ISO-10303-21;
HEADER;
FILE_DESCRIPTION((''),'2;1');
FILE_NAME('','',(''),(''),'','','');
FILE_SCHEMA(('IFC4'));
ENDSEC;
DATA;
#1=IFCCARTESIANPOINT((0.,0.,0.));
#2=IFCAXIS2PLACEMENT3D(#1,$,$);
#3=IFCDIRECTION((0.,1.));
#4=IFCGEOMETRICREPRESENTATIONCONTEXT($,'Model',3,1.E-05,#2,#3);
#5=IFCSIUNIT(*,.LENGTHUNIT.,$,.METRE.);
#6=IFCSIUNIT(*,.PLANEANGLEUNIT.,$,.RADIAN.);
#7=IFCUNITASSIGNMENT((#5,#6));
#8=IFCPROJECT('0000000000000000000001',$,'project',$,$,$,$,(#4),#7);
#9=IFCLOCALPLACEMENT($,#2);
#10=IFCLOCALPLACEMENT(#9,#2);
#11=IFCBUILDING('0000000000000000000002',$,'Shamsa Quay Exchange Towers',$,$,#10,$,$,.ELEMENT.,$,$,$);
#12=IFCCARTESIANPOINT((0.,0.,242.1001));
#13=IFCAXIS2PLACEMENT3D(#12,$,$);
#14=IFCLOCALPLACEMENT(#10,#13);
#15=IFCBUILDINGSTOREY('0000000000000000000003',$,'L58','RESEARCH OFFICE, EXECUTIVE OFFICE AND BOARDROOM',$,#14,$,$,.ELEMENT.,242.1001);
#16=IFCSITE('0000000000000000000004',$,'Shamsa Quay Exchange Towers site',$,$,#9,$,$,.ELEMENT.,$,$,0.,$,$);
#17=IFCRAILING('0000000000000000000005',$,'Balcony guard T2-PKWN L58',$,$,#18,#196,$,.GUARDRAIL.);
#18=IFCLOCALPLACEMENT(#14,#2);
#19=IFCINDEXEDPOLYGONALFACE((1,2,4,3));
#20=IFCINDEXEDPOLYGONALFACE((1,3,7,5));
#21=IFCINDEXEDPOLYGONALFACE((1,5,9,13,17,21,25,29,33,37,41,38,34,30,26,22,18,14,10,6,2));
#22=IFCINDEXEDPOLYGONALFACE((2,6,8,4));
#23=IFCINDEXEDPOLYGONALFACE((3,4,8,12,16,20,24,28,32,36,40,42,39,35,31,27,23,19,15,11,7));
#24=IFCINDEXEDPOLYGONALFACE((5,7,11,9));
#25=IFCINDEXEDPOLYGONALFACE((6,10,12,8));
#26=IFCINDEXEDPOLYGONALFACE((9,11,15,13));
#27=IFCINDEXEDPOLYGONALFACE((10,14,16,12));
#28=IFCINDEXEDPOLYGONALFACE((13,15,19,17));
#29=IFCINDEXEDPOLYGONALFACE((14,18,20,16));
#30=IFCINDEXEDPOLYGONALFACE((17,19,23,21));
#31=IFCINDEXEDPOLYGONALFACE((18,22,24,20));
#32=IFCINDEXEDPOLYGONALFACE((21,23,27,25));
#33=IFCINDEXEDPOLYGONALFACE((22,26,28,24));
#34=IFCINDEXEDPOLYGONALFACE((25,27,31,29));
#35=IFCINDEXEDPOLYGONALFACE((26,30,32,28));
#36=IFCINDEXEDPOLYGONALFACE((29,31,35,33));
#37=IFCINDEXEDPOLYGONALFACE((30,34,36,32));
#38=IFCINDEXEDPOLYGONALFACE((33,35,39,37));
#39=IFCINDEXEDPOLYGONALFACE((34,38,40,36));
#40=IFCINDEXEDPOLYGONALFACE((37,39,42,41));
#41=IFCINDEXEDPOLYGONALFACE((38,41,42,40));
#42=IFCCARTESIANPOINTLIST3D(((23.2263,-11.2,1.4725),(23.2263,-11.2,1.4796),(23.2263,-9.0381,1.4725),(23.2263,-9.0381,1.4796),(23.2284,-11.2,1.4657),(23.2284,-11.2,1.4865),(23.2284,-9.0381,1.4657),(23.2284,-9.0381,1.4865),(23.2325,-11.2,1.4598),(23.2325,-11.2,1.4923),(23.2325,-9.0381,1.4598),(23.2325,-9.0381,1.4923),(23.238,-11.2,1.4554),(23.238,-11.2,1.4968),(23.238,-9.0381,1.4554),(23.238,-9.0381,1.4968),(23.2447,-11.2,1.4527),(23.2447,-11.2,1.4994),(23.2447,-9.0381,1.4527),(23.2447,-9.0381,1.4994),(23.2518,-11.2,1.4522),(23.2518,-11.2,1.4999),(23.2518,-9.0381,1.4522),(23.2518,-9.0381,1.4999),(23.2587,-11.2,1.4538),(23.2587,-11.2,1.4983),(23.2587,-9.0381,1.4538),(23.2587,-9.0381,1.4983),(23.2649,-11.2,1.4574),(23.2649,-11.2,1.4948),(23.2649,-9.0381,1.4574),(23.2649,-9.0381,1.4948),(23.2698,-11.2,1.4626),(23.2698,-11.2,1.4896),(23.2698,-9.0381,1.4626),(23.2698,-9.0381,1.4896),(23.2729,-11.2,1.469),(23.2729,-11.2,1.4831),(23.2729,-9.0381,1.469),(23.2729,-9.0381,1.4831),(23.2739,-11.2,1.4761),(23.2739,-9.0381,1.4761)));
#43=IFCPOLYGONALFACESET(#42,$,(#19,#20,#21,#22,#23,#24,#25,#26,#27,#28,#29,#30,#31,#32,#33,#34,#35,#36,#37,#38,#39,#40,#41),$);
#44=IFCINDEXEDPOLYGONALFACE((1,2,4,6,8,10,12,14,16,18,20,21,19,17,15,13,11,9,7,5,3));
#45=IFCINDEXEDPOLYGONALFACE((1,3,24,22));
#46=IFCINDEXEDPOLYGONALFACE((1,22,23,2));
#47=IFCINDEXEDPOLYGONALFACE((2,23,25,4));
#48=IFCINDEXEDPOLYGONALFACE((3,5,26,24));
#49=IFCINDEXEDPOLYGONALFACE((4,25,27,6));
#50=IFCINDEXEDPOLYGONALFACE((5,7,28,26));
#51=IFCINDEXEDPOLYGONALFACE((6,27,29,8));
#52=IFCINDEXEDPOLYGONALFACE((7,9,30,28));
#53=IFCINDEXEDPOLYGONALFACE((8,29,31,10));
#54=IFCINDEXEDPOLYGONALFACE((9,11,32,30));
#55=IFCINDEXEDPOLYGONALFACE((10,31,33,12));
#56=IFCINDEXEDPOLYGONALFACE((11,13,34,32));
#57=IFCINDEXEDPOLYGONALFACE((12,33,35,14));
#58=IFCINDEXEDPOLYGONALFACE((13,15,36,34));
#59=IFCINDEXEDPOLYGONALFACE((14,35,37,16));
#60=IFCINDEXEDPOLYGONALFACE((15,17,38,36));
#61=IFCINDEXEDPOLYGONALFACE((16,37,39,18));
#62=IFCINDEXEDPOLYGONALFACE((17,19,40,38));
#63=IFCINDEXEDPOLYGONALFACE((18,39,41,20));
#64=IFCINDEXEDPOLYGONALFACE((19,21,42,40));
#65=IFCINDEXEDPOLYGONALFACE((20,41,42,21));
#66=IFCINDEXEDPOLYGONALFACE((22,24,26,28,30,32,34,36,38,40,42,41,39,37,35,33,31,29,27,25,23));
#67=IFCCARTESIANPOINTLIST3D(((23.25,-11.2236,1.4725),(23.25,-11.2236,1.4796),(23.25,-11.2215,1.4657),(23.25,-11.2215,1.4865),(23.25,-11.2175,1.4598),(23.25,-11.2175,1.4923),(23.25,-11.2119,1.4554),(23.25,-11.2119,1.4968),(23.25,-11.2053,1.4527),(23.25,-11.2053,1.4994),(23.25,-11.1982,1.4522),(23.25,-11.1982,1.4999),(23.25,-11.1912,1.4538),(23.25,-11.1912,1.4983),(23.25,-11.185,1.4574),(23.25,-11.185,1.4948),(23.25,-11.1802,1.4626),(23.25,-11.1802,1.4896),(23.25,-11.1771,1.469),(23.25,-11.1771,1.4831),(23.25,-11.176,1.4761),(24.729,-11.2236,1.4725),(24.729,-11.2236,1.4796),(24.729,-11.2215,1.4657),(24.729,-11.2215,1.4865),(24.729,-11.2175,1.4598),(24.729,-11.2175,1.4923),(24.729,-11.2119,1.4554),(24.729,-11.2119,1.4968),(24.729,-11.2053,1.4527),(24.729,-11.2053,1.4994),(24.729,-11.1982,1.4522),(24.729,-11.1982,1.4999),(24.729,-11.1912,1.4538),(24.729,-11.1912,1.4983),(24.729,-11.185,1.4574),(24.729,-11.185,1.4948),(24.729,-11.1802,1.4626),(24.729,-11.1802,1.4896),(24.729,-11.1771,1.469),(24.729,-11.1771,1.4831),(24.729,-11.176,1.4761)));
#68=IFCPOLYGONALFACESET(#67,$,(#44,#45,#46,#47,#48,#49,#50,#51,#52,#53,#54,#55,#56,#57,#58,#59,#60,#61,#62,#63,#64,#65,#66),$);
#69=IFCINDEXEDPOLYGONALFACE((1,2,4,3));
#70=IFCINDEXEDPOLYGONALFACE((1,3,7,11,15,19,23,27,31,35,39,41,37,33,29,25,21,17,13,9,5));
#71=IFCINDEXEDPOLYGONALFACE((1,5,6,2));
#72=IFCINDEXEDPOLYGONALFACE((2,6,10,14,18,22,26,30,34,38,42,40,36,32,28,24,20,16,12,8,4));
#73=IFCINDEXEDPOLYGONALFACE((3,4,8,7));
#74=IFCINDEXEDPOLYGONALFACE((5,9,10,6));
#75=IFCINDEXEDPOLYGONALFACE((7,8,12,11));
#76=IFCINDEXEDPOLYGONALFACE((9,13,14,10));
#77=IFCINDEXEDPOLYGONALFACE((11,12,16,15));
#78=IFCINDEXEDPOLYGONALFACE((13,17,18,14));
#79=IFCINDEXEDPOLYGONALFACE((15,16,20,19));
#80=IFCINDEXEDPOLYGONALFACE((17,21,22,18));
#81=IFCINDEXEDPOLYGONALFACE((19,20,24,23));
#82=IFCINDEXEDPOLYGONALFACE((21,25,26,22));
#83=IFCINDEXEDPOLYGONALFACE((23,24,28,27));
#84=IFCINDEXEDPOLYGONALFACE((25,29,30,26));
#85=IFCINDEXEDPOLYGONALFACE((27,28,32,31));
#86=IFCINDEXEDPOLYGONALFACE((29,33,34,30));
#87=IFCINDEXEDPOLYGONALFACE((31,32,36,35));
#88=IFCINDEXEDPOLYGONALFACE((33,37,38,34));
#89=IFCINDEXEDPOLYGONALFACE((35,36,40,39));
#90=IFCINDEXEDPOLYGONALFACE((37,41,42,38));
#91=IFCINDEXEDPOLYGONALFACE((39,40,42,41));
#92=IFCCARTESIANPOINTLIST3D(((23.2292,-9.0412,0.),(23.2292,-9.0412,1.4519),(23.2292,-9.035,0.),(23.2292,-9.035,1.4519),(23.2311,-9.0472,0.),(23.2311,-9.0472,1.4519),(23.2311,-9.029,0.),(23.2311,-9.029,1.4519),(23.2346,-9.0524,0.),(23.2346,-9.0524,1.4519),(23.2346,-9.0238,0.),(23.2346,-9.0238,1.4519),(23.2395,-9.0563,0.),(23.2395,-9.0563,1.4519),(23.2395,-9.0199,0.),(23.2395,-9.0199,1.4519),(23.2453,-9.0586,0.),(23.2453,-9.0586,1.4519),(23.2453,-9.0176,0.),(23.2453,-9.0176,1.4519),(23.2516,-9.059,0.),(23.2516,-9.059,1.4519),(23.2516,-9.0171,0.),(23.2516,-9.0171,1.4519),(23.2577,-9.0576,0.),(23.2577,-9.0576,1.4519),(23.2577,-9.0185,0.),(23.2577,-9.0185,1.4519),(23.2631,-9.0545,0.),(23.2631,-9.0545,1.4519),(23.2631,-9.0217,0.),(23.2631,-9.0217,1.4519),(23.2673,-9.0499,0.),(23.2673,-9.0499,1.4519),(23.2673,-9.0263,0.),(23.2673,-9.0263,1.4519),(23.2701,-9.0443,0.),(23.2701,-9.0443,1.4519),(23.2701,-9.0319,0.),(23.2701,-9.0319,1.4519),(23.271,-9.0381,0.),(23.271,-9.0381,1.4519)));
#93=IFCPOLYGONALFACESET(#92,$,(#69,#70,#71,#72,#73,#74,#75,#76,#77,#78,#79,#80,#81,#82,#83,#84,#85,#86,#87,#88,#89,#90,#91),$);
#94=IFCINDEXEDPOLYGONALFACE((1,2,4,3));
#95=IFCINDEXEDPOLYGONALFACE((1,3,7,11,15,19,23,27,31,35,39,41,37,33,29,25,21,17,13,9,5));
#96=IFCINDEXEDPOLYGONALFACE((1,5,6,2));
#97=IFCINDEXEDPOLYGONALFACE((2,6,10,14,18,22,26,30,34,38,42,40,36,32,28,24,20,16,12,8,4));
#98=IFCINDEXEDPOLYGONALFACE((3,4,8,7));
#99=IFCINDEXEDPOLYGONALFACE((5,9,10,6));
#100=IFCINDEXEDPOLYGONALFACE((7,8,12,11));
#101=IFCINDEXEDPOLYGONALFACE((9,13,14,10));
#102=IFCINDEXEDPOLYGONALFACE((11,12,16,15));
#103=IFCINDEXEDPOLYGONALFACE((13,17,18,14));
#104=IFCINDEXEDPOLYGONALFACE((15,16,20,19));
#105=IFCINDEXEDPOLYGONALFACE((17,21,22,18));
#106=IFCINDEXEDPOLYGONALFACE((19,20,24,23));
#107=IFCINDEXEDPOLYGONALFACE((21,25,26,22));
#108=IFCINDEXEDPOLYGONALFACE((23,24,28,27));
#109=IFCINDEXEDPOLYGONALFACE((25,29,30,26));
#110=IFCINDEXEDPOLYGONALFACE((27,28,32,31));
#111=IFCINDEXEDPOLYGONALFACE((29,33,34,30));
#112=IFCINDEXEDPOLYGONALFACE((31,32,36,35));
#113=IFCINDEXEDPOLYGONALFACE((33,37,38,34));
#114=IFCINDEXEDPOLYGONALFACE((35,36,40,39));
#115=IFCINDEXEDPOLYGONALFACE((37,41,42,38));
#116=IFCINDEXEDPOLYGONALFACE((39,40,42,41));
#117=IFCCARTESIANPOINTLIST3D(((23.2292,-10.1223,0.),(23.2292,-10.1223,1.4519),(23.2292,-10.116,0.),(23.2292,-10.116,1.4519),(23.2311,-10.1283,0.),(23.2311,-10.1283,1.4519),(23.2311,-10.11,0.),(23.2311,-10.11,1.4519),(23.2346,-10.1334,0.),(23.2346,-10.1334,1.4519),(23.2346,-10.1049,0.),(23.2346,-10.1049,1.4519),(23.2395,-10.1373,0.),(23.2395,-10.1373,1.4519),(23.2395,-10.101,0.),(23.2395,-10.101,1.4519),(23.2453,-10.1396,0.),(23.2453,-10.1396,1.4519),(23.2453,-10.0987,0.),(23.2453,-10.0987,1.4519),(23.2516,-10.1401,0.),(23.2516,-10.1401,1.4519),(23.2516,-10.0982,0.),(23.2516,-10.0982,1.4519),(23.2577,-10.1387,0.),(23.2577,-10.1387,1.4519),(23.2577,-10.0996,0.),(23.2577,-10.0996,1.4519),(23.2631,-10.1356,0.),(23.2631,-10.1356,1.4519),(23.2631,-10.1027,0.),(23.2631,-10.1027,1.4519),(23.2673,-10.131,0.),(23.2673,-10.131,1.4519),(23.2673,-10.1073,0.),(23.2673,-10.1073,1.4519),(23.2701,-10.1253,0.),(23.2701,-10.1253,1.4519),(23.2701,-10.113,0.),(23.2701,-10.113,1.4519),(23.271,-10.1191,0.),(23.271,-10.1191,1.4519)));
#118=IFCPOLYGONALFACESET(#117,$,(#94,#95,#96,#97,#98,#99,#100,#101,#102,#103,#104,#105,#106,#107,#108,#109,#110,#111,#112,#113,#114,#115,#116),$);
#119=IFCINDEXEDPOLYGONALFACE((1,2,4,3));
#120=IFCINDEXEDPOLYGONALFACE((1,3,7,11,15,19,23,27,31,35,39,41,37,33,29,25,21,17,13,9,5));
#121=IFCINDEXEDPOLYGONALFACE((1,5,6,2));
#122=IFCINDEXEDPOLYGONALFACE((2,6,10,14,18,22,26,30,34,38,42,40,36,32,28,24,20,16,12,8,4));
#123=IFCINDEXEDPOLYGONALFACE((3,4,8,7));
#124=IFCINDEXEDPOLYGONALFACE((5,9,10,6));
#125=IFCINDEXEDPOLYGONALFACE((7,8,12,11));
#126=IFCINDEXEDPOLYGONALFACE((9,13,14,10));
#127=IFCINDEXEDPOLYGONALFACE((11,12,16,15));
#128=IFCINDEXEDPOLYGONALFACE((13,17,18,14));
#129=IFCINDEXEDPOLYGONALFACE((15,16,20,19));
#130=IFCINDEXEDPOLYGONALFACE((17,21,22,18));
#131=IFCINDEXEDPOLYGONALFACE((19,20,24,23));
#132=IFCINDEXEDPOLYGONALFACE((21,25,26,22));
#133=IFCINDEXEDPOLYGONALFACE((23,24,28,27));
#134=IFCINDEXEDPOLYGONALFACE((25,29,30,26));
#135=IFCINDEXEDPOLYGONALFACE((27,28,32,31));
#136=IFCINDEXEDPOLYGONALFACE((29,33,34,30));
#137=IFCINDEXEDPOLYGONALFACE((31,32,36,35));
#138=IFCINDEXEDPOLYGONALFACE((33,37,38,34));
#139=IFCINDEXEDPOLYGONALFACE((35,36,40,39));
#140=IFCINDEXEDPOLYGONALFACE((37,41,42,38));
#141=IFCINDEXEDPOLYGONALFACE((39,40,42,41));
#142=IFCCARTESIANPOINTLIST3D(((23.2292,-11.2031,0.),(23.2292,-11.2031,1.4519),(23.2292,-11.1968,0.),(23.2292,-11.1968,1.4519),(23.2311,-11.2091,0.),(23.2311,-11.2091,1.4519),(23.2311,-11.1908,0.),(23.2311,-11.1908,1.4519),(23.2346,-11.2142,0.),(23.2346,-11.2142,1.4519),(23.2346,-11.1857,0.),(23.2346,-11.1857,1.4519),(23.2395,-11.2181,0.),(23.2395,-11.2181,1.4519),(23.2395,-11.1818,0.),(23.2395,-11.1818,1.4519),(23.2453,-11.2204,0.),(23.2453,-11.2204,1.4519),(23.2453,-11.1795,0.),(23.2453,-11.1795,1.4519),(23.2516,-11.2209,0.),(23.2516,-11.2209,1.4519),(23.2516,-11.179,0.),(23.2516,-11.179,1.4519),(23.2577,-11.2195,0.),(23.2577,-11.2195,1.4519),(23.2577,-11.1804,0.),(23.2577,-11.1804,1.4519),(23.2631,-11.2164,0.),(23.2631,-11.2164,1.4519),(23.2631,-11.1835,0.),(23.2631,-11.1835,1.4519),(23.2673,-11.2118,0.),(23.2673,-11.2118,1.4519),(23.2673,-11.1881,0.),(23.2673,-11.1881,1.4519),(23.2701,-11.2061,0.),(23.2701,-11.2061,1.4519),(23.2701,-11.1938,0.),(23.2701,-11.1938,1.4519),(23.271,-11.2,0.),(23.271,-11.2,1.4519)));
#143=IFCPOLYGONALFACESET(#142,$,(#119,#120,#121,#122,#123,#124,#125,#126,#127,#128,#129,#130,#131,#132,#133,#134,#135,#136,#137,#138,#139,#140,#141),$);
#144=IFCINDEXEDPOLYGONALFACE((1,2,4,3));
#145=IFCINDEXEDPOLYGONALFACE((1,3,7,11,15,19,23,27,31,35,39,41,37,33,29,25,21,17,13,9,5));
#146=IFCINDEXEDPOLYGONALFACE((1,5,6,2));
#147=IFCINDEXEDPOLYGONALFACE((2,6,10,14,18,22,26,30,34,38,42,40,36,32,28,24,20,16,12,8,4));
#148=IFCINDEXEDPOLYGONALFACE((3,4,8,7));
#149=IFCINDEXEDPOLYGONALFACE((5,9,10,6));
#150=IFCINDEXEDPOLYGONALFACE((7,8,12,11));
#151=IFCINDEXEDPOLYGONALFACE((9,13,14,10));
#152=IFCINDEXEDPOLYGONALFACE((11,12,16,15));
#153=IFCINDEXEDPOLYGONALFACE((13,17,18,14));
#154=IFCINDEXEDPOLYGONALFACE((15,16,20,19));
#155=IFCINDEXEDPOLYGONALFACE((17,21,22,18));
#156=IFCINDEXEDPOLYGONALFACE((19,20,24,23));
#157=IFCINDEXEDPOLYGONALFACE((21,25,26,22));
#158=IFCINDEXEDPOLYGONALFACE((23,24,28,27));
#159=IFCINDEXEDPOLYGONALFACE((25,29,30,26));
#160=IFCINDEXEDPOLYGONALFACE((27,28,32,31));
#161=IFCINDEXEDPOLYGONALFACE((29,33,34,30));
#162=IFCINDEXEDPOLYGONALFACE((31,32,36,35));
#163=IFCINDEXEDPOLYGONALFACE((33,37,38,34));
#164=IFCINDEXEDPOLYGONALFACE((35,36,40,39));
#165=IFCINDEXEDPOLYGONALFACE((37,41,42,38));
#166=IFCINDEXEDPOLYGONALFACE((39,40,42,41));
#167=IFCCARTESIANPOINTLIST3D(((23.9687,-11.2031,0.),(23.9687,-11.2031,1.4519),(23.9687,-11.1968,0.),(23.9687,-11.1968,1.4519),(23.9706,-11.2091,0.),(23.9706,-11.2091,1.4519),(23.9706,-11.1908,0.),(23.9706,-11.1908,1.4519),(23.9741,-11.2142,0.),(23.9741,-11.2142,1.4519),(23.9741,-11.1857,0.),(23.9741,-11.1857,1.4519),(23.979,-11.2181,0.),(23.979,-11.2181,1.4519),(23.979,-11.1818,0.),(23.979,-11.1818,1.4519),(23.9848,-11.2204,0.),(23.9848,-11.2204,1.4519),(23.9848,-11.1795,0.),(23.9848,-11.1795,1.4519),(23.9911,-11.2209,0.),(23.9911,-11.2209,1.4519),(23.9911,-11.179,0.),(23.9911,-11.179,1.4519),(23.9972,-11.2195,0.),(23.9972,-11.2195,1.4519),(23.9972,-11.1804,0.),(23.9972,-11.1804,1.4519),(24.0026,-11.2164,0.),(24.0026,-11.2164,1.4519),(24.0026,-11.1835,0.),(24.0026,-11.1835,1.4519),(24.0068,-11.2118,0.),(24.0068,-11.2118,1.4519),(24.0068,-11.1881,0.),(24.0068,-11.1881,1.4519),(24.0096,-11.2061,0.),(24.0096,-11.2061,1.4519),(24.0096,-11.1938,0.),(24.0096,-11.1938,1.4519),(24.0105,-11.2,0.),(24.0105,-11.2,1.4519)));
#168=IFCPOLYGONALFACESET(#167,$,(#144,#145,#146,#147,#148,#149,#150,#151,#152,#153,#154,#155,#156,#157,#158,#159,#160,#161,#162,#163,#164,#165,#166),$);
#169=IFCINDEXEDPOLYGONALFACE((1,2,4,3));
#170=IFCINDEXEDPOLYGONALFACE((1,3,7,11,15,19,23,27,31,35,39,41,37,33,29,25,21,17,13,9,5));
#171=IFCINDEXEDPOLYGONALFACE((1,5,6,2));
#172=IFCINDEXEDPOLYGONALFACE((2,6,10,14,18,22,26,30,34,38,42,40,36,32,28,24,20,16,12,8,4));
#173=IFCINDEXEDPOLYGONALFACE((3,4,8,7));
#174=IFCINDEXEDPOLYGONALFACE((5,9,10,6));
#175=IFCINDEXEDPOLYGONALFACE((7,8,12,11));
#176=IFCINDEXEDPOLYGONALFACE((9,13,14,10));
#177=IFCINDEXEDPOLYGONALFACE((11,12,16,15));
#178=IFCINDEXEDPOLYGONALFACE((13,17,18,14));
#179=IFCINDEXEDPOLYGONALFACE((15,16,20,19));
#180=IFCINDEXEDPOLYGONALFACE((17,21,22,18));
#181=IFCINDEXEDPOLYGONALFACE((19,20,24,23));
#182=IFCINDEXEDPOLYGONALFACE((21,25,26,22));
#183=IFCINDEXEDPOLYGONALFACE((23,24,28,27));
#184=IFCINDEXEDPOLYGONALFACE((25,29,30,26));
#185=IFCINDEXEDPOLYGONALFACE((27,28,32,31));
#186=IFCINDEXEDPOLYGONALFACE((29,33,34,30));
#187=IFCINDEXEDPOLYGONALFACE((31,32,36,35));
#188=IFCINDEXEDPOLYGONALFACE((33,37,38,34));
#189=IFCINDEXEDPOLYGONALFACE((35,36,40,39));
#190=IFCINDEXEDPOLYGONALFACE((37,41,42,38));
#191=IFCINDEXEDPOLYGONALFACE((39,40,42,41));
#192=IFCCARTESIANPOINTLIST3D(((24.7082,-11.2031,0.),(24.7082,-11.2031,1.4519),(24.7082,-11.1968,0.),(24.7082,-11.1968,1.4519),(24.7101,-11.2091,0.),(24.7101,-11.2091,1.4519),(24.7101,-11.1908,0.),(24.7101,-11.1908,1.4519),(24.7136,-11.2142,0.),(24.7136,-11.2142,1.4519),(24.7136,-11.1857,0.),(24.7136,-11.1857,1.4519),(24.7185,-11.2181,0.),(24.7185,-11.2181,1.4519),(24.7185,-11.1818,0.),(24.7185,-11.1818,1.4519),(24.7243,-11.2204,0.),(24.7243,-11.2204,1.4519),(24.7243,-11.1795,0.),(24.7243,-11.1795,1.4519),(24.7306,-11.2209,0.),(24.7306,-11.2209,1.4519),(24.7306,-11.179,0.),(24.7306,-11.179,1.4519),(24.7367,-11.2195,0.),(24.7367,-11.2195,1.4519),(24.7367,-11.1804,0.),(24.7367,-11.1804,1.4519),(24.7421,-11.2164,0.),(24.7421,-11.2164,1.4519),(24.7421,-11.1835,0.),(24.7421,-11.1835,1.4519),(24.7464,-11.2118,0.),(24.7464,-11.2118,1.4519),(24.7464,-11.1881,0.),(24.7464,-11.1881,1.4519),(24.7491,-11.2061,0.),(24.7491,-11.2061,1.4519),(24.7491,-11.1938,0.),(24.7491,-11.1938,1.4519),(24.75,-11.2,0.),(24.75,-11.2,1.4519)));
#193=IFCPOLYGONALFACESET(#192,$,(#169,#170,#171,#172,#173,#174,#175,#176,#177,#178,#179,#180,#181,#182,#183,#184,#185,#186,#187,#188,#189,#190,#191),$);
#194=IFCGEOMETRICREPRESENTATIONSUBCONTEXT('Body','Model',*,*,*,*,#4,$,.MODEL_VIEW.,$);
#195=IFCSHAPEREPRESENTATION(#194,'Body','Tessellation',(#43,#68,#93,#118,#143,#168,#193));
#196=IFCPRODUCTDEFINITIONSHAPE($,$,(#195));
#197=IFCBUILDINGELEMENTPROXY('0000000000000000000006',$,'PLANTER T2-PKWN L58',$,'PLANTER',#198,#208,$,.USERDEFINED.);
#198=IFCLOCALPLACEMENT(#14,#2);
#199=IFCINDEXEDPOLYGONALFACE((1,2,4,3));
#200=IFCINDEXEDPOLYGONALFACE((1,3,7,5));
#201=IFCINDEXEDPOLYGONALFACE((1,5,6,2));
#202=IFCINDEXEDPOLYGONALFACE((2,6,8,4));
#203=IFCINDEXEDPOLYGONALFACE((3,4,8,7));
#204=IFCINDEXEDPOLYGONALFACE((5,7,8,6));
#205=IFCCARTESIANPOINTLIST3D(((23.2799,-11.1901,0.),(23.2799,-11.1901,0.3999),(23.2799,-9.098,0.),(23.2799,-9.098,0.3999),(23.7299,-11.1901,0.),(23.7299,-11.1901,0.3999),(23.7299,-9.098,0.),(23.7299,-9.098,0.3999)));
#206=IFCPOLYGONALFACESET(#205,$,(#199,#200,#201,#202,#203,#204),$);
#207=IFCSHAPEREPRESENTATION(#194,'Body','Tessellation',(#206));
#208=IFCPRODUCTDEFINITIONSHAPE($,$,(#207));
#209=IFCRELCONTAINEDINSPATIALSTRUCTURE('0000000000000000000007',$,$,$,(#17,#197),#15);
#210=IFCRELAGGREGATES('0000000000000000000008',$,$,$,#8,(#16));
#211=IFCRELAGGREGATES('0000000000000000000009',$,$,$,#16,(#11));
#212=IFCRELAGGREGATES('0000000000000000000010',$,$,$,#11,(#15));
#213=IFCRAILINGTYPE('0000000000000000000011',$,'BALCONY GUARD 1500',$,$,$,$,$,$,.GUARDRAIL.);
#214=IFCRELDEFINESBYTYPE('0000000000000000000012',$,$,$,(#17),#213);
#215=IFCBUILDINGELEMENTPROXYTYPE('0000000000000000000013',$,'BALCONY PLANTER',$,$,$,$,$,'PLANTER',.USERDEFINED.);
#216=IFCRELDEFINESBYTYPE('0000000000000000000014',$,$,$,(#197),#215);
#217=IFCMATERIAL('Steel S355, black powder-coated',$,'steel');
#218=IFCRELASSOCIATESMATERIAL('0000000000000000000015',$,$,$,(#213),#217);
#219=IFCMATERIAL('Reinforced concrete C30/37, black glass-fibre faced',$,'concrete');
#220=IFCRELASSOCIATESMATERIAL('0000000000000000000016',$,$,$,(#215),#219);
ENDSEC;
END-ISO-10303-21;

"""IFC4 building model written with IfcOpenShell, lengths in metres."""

from ifc_helpers import new_model, si_unit, direction, frame, origin, origin_2d, place, context, subcontext, project, spatial, rectangle, circle, extrude, material, type_object, element, save


model = new_model("IFC4")

# Units and contexts
model_context = context("Model", 3, precision=1e-05, world=origin(), true_north=direction((0.0, 1.0)))
body_context = subcontext(model_context, "Body", "Model", "MODEL_VIEW")
ifc_project = project(units=[si_unit("LENGTHUNIT", "METRE"), si_unit("PLANEANGLEUNIT", "RADIAN")], contexts=[model_context])

# Site, building, storey
site_placement = place(None, origin())
site = spatial("IfcSite", under=ifc_project, at=site_placement, Name="Shamsa Quay Exchange Towers site", CompositionType="ELEMENT", RefElevation=0.0)
building_placement = place(site_placement, origin())
building = spatial("IfcBuilding", under=site, at=building_placement, Name="Shamsa Quay Exchange Towers", CompositionType="ELEMENT")
storey_placement = place(building_placement, frame((0.0, 0.0, 242.1001)))
storey = spatial("IfcBuildingStorey", under=building, at=storey_placement, Name="L58", Description="RESEARCH OFFICE, EXECUTIVE OFFICE AND BOARDROOM", CompositionType="ELEMENT", Elevation=242.1001)

# Railing
ifc_material_1 = material(Name="Steel S355, black powder-coated", Category="steel")
railing_type = type_object("IfcRailingType", Name="BALCONY GUARD 1500", PredefinedType="GUARDRAIL", material=ifc_material_1)
railing_placement = place(storey_placement, frame((23.25, -9.0381, 0.0)))
element("IfcRailing", 1, at=railing_placement, inside=storey, type_object=railing_type, Name="Balcony guard T2-PKWN L58", PredefinedType="GUARDRAIL", context=body_context, shape_type="SweptSolid", body=[
    extrude(circle(Radius=0.0239, at=origin_2d()), frame((0.0, 0.0, 1.4761), z_axis=(0.0, -1.0, 0.0), x_axis=(1.0, 0.0, 0.0)), (0.0, 0.0, 1.0), 2.1619),
    extrude(circle(Radius=0.0239, at=origin_2d()), frame((0.0, -2.1619, 1.4761), z_axis=(1.0, 0.0, 0.0), x_axis=(0.0, 1.0, 0.0)), (0.0, 0.0, 1.0), 1.479),
    extrude(circle(Radius=0.021, at=origin_2d()), origin(), (0.0, 0.0, 1.0), 1.4519),
    extrude(circle(Radius=0.021, at=origin_2d()), frame((0.0, -1.0811, 0.0)), (0.0, 0.0, 1.0), 1.4519),
    extrude(circle(Radius=0.021, at=origin_2d()), frame((0.0, -2.1619, 0.0)), (0.0, 0.0, 1.0), 1.4519),
    extrude(circle(Radius=0.021, at=origin_2d()), frame((0.7395, -2.1619, 0.0)), (0.0, 0.0, 1.0), 1.4519),
    extrude(circle(Radius=0.021, at=origin_2d()), frame((1.479, -2.1619, 0.0)), (0.0, 0.0, 1.0), 1.4519),
])

# Building element proxy
ifc_material_2 = material(Name="Reinforced concrete C30/37, black glass-fibre faced", Category="concrete")
building_element_proxy_type = type_object("IfcBuildingElementProxyType", Name="BALCONY PLANTER", ElementType="PLANTER", PredefinedType="USERDEFINED", material=ifc_material_2)
proxy_placement = place(storey_placement, frame((23.5049, -10.144, 0.0), z_axis=(0.0, 0.0, 1.0), x_axis=(0.0, -1.0, 0.0)))
element("IfcBuildingElementProxy", 2, at=proxy_placement, inside=storey, type_object=building_element_proxy_type, Name="PLANTER T2-PKWN L58", ObjectType="PLANTER", PredefinedType="USERDEFINED", context=body_context, shape_type="SweptSolid", body=[
    extrude(rectangle(XDim=2.092, YDim=0.45, at=origin_2d()), origin(), (0.0, 0.0, 1.0), 0.3999),
])

save(model, "model.ifc")
